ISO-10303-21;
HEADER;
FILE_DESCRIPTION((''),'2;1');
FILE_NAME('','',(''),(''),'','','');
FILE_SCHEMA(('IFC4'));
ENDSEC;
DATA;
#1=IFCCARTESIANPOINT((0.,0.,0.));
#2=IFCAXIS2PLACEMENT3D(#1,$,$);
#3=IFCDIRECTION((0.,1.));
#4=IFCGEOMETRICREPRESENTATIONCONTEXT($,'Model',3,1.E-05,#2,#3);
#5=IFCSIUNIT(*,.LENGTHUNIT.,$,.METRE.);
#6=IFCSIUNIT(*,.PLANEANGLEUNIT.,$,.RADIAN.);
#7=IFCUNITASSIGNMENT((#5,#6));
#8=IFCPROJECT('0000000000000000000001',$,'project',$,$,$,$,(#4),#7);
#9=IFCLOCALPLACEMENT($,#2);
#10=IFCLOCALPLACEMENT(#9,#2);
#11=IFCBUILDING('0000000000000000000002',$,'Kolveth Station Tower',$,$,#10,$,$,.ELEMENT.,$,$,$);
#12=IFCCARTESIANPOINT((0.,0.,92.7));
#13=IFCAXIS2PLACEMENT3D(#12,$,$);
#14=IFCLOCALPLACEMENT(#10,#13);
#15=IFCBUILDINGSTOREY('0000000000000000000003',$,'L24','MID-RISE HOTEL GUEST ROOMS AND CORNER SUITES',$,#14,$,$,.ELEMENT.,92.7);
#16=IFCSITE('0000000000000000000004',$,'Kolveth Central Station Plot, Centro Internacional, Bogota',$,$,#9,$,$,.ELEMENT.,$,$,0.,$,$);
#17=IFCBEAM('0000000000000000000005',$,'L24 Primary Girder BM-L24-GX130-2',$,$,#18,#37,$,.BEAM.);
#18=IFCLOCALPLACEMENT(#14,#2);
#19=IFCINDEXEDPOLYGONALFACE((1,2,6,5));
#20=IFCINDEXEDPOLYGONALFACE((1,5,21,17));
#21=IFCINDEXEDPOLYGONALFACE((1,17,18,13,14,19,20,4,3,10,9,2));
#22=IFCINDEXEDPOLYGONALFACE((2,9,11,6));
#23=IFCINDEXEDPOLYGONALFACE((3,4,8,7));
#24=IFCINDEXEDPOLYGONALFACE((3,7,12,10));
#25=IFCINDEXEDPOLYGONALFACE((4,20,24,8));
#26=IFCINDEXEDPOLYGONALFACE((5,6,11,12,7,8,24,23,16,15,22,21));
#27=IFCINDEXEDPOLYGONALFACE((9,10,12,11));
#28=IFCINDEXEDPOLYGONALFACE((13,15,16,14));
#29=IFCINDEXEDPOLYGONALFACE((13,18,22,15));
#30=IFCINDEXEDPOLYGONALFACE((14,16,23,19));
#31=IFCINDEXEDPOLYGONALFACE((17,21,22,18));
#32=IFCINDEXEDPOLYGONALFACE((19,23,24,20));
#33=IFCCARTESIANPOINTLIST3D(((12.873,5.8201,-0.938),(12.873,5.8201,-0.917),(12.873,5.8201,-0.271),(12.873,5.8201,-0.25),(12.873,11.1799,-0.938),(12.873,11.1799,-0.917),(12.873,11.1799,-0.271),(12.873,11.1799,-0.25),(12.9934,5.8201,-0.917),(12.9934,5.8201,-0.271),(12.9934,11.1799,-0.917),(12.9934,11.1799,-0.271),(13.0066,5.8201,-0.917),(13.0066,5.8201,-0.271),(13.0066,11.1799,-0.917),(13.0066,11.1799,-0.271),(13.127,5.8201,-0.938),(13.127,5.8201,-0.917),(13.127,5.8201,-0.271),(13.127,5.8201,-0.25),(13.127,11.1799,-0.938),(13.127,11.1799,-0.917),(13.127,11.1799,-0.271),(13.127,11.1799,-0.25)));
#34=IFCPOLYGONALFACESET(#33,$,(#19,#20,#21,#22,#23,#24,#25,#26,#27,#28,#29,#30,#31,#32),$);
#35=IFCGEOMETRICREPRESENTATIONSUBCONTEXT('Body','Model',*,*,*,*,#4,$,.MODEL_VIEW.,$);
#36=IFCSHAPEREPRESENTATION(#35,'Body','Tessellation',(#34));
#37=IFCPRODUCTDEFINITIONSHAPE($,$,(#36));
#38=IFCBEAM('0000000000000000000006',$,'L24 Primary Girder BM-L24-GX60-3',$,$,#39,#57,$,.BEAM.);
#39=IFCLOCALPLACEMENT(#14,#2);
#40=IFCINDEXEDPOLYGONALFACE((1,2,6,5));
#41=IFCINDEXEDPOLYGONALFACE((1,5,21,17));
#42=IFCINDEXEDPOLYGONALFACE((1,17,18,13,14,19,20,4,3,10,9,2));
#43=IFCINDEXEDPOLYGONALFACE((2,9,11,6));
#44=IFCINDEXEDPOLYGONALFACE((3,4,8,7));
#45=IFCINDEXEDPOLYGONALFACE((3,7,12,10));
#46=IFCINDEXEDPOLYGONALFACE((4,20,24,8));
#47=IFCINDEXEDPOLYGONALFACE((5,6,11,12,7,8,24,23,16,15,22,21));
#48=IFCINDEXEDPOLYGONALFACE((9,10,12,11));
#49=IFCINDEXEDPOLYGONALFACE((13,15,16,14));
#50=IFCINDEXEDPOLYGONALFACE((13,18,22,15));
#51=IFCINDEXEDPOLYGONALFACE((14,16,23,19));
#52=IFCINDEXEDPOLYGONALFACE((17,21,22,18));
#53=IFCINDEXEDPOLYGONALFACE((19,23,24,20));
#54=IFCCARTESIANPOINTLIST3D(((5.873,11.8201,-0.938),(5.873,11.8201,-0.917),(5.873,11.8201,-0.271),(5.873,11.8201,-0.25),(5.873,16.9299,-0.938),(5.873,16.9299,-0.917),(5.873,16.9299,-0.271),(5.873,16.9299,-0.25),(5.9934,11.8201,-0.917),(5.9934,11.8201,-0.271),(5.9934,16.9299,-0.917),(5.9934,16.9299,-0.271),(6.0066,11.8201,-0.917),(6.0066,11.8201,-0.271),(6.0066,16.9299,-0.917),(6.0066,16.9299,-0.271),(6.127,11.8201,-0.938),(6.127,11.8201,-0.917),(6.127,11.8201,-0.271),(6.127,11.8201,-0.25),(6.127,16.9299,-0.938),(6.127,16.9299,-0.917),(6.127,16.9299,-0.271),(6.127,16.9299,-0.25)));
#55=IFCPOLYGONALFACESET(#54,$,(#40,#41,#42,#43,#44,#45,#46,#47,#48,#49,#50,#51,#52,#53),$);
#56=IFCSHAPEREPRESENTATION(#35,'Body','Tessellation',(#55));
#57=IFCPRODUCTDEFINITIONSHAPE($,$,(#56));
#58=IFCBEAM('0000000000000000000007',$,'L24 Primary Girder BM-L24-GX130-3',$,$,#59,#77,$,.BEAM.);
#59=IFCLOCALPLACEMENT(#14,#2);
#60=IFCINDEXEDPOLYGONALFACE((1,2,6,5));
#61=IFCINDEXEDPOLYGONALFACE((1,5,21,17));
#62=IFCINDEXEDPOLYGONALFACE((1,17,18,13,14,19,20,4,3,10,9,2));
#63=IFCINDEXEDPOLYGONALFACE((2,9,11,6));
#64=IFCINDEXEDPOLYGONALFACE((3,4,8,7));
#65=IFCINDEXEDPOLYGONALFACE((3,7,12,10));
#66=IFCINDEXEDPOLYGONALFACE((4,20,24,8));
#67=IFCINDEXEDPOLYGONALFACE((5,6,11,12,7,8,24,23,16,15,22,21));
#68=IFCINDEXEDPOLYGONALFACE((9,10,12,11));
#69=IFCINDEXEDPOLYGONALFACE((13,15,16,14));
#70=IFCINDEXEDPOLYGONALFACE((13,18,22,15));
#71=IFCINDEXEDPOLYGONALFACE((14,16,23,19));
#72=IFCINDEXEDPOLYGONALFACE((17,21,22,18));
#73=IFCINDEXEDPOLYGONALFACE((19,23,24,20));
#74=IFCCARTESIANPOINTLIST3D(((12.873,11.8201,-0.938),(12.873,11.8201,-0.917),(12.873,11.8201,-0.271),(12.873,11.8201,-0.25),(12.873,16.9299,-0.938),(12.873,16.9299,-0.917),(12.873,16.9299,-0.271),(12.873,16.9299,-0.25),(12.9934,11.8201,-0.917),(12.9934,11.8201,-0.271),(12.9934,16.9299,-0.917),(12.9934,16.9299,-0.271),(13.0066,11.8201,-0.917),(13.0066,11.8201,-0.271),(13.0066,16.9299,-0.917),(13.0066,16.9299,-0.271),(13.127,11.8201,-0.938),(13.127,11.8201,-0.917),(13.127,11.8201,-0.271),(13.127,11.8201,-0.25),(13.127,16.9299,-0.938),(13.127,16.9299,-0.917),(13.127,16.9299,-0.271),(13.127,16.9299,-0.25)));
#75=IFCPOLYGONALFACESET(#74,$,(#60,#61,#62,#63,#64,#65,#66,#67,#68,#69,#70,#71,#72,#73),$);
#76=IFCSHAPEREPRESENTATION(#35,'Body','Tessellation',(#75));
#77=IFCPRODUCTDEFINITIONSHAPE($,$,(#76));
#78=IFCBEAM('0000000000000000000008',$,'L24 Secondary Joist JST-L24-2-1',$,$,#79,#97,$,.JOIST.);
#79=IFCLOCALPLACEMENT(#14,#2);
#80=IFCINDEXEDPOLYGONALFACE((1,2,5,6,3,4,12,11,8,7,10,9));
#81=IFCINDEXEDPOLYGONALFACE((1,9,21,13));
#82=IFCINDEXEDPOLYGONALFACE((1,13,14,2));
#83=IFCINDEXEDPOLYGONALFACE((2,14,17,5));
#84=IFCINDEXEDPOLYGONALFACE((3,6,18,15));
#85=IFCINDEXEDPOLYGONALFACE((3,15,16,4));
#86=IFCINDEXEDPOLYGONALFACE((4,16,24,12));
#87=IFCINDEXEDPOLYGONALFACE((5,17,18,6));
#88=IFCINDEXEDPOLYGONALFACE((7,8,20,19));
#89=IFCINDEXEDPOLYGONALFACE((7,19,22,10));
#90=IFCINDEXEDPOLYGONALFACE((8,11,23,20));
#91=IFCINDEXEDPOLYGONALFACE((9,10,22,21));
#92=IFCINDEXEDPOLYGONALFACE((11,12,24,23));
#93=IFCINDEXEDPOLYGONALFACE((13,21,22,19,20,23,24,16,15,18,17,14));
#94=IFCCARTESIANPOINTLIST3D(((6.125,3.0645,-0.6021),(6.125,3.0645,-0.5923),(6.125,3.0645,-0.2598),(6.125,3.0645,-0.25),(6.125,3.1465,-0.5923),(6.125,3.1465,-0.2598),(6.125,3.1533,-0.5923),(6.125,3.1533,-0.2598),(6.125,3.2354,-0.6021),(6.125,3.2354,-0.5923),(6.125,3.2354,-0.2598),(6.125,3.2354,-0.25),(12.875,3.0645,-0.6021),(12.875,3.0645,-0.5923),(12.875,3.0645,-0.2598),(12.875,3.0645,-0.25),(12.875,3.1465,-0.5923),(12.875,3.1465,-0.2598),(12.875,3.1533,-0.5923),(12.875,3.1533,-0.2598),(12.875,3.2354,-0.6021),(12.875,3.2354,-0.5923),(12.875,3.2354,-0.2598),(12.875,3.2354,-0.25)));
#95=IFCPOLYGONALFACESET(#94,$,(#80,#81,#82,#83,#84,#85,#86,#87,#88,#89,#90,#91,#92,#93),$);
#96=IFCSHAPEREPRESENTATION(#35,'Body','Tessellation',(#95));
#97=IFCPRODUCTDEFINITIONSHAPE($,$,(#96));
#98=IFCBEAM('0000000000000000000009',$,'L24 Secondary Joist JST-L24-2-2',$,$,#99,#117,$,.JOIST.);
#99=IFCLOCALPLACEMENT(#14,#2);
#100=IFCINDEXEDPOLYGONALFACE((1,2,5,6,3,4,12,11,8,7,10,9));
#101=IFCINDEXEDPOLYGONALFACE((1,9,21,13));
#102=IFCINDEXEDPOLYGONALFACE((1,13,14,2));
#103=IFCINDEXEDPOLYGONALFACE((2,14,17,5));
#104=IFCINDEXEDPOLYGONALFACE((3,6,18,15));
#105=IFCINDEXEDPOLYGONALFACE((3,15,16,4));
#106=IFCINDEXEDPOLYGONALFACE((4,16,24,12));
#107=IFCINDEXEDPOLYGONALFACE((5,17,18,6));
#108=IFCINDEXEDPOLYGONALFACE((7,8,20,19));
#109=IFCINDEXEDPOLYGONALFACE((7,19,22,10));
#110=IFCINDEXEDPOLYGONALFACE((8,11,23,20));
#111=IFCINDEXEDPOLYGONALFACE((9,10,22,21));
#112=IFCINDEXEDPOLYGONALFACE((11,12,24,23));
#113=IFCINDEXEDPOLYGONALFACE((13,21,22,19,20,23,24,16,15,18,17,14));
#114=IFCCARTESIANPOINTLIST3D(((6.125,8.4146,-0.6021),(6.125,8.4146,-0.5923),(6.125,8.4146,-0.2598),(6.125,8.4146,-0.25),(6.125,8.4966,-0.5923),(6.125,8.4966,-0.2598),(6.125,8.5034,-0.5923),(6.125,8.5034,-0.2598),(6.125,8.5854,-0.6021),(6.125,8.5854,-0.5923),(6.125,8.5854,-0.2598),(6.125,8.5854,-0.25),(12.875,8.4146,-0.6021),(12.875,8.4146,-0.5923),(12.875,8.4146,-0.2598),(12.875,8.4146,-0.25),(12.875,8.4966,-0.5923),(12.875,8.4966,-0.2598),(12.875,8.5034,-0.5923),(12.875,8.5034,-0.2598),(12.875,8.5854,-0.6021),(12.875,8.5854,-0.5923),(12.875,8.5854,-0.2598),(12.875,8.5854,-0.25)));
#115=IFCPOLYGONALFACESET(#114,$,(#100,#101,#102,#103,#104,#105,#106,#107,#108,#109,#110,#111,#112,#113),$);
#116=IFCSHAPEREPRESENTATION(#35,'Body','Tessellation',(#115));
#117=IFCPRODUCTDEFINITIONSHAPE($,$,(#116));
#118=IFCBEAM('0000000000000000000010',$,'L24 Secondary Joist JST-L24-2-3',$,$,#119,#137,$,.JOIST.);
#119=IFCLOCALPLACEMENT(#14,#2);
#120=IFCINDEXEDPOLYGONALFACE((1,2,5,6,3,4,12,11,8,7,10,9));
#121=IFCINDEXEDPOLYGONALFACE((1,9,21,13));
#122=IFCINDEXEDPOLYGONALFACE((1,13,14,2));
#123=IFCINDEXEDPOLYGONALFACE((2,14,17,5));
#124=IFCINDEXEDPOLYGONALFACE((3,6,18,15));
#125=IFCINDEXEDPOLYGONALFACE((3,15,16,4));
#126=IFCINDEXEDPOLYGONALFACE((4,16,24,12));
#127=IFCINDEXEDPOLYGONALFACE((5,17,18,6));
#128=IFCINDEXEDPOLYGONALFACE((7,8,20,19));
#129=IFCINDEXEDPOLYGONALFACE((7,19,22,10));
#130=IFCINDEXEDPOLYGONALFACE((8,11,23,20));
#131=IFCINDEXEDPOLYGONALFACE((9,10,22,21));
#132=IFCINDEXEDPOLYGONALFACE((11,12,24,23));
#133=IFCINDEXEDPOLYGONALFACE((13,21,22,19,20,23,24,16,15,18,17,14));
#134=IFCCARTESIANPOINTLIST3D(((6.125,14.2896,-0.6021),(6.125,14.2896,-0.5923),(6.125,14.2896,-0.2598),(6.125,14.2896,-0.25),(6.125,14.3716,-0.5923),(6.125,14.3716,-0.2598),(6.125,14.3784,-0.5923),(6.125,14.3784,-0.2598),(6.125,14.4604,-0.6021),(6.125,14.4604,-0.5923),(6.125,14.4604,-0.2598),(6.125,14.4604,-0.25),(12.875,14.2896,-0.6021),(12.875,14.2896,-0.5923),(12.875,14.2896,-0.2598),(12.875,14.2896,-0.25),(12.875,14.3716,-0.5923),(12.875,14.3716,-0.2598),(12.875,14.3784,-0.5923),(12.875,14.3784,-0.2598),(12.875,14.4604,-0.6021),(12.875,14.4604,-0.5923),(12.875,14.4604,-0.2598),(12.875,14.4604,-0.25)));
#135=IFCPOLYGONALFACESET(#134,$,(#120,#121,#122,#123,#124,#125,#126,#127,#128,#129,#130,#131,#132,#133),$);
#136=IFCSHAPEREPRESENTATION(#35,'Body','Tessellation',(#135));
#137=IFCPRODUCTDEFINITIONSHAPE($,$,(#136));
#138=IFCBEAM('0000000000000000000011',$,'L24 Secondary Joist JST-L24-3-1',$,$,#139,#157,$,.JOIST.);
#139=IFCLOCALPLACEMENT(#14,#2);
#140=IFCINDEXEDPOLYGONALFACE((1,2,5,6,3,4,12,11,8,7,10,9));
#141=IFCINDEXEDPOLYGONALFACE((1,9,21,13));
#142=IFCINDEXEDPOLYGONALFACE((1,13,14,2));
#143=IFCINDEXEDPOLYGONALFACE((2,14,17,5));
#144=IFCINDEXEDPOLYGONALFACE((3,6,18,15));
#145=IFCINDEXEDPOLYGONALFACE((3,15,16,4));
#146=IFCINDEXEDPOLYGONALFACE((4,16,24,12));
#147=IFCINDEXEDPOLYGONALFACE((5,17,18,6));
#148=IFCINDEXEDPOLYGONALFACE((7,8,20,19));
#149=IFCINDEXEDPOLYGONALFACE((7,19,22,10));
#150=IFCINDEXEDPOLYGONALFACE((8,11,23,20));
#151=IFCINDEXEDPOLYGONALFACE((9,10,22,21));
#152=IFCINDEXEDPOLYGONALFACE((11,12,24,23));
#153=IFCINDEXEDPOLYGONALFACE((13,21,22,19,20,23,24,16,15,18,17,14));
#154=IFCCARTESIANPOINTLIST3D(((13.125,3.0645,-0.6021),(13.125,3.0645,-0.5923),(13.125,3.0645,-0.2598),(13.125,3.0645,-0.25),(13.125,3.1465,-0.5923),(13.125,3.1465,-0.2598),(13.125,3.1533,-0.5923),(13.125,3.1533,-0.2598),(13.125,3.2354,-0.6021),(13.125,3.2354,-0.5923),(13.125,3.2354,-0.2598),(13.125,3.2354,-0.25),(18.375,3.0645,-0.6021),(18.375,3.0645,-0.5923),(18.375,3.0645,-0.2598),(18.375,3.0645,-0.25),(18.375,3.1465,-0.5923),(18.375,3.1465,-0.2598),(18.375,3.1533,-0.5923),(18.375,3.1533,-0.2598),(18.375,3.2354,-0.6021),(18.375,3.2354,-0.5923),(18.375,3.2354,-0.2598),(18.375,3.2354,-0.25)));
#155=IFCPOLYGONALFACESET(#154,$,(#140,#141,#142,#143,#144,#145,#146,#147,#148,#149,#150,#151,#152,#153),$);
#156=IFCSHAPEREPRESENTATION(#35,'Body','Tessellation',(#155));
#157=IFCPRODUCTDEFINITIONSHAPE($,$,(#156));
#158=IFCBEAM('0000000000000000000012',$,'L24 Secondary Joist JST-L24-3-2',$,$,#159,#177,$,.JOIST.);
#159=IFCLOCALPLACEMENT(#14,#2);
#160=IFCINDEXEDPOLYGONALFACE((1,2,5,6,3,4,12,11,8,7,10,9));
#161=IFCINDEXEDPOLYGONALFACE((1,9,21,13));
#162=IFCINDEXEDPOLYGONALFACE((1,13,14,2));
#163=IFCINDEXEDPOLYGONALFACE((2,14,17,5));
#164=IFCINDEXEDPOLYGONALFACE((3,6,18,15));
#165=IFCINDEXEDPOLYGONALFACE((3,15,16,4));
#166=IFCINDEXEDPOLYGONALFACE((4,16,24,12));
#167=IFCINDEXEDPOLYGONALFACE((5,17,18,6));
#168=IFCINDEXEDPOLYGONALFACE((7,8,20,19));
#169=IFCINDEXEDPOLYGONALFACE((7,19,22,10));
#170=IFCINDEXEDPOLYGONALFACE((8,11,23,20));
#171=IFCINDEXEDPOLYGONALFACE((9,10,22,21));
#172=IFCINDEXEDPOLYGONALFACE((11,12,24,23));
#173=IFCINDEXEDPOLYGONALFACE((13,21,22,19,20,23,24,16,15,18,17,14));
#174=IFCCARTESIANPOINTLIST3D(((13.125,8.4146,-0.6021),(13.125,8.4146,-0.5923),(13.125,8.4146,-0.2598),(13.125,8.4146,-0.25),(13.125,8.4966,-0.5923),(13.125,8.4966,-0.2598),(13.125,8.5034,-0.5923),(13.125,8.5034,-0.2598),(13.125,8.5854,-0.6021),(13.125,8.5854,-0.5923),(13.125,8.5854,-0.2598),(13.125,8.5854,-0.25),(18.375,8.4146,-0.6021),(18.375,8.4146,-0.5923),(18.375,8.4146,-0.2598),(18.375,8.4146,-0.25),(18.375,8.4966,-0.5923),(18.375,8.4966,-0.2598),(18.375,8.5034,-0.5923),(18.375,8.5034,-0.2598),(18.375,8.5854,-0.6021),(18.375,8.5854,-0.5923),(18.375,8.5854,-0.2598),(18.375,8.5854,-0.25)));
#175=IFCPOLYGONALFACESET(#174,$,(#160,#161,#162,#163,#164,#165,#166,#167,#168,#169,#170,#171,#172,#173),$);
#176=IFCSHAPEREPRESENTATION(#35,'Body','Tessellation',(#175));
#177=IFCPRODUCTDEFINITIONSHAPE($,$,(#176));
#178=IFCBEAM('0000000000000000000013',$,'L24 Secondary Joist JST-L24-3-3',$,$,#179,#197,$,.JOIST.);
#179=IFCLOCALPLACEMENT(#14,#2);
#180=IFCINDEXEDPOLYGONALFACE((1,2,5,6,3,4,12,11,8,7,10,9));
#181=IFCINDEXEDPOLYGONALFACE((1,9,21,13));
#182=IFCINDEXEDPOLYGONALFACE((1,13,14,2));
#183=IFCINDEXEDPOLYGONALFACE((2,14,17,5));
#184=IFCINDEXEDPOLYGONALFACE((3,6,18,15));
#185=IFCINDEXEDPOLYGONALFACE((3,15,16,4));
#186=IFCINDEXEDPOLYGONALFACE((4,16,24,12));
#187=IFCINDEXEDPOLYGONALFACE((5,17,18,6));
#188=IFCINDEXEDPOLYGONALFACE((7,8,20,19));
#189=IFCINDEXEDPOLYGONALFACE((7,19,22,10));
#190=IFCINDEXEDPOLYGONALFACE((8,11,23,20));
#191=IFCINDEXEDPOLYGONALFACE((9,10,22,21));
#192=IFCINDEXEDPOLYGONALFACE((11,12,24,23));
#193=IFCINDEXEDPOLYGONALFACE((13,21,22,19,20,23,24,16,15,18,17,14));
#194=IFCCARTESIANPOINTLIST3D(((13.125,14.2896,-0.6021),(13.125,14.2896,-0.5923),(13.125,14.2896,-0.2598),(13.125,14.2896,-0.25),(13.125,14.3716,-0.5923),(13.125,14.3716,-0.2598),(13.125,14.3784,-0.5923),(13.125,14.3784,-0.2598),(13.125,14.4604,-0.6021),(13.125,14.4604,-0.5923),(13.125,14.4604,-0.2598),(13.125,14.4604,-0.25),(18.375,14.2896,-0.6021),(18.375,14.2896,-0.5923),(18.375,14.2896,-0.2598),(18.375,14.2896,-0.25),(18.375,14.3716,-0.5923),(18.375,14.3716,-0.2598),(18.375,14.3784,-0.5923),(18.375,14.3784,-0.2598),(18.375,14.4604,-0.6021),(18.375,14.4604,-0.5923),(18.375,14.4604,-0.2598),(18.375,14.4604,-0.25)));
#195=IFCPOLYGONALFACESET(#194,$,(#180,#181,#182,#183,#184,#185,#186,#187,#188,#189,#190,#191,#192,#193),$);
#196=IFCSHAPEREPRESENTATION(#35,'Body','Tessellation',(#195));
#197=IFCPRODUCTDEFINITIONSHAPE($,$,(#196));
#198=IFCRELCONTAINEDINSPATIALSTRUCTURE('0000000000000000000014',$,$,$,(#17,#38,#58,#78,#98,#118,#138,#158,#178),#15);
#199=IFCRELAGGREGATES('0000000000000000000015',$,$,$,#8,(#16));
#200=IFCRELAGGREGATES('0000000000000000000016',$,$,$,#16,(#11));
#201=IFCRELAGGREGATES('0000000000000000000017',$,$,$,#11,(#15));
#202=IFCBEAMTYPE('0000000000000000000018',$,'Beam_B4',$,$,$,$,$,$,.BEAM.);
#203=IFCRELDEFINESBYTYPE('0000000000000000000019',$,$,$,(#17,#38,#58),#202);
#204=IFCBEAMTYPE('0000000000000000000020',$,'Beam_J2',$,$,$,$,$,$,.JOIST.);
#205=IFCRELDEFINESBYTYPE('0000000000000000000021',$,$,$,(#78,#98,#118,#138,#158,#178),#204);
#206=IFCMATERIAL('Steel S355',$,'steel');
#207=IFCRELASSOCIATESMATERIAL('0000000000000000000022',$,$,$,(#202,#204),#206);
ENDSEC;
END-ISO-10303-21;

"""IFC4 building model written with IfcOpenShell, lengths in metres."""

from ifc_helpers import new_model, si_unit, direction, frame, origin, origin_2d, place, context, subcontext, project, spatial, i_section, extrude, source, transform, mapped, material, material_profile, profile_set, type_object, element, save


model = new_model("IFC4")

# Units and contexts
model_context = context("Model", 3, precision=1e-05, world=origin(), true_north=direction((0.0, 1.0)))
body_context = subcontext(model_context, "Body", "Model", "MODEL_VIEW")
ifc_project = project(units=[si_unit("LENGTHUNIT", "METRE"), si_unit("PLANEANGLEUNIT", "RADIAN")], contexts=[model_context])

# Site, building, storey
site_placement = place(None, origin())
site = spatial("IfcSite", under=ifc_project, at=site_placement, Name="Kolveth Central Station Plot, Centro Internacional, Bogota", CompositionType="ELEMENT", RefElevation=0.0)
building_placement = place(site_placement, origin())
building = spatial("IfcBuilding", under=site, at=building_placement, Name="Kolveth Station Tower", CompositionType="ELEMENT")
storey_placement = place(building_placement, frame((0.0, 0.0, 92.7)))
storey = spatial("IfcBuildingStorey", under=building, at=storey_placement, Name="L24", Description="MID-RISE HOTEL GUEST ROOMS AND CORNER SUITES", CompositionType="ELEMENT", Elevation=92.7)

# Beams
ifc_material_1 = material(Name="Steel S355", Category="steel")
ifc_material_profile_1 = material_profile(ifc_material_1, i_section(OverallWidth=0.2539, OverallDepth=0.688, WebThickness=0.0132, FlangeThickness=0.021, at=origin_2d()), Name="W690x152")
ifc_profile_set_1 = profile_set([ifc_material_profile_1], Name="Steel S355")
beam_type_1 = type_object("IfcBeamType", Name="Beam_B4", PredefinedType="BEAM", material=ifc_profile_set_1)
shared_shape_1 = source(origin(), body_context, "Body", "SweptSolid", [
    extrude(i_section(OverallWidth=0.2539, OverallDepth=0.688, WebThickness=0.0132, FlangeThickness=0.021, at=origin_2d()), origin(), (0.0, 0.0, 1.0), 5.3599),
])
for number, where, z_axis, x_axis, name in (
    (1, (13.0, 5.8201, -0.594), (0.0, 1.0, 0.0), (-1.0, 0.0, 0.0), "L24 Primary Girder BM-L24-GX130-2"),
):
    element("IfcBeam", number, at=place(storey_placement, frame(where, z_axis=z_axis, x_axis=x_axis)), inside=storey, type_object=beam_type_1, Name=name, PredefinedType="BEAM", context=body_context, shape_type="MappedRepresentation", body=[
        mapped(shared_shape_1, transform((0.0, 0.0, 0.0), x_axis=(1.0, 0.0, 0.0), y_axis=(0.0, 1.0, 0.0), z_axis=(0.0, 0.0, 1.0), scale=1.0)),
    ])
shared_shape_2 = source(origin(), body_context, "Body", "SweptSolid", [
    extrude(i_section(OverallWidth=0.2539, OverallDepth=0.688, WebThickness=0.0132, FlangeThickness=0.021, at=origin_2d()), origin(), (0.0, 0.0, 1.0), 5.1099),
])
for number, where, z_axis, x_axis, name in (
    (2, (6.0, 11.8201, -0.594), (0.0, 1.0, 0.0), (-1.0, 0.0, 0.0), "L24 Primary Girder BM-L24-GX60-3"),
    (3, (13.0, 11.8201, -0.594), (0.0, 1.0, 0.0), (-1.0, 0.0, 0.0), "L24 Primary Girder BM-L24-GX130-3"),
):
    element("IfcBeam", number, at=place(storey_placement, frame(where, z_axis=z_axis, x_axis=x_axis)), inside=storey, type_object=beam_type_1, Name=name, PredefinedType="BEAM", context=body_context, shape_type="MappedRepresentation", body=[
        mapped(shared_shape_2, transform((0.0, 0.0, 0.0), x_axis=(1.0, 0.0, 0.0), y_axis=(0.0, 1.0, 0.0), z_axis=(0.0, 0.0, 1.0), scale=1.0)),
    ])
ifc_material_profile_2 = material_profile(ifc_material_1, i_section(OverallWidth=0.1709, OverallDepth=0.3521, WebThickness=0.0068, FlangeThickness=0.0098, at=origin_2d()), Name="W360x44")
ifc_profile_set_2 = profile_set([ifc_material_profile_2], Name="Steel S355")
beam_type_2 = type_object("IfcBeamType", Name="Beam_J2", PredefinedType="JOIST", material=ifc_profile_set_2)
shared_shape_3 = source(origin(), body_context, "Body", "SweptSolid", [
    extrude(i_section(OverallWidth=0.1709, OverallDepth=0.3521, WebThickness=0.0068, FlangeThickness=0.0098, at=origin_2d()), origin(), (0.0, 0.0, 1.0), 6.75),
])
for number, where, z_axis, x_axis, name in (
    (4, (6.125, 3.1499, -0.426), (1.0, 0.0, 0.0), (0.0, 1.0, 0.0), "L24 Secondary Joist JST-L24-2-1"),
    (5, (6.125, 8.5, -0.426), (1.0, 0.0, 0.0), (0.0, 1.0, 0.0), "L24 Secondary Joist JST-L24-2-2"),
    (6, (6.125, 14.375, -0.426), (1.0, 0.0, 0.0), (0.0, 1.0, 0.0), "L24 Secondary Joist JST-L24-2-3"),
):
    element("IfcBeam", number, at=place(storey_placement, frame(where, z_axis=z_axis, x_axis=x_axis)), inside=storey, type_object=beam_type_2, Name=name, PredefinedType="JOIST", context=body_context, shape_type="MappedRepresentation", body=[
        mapped(shared_shape_3, transform((0.0, 0.0, 0.0), x_axis=(1.0, 0.0, 0.0), y_axis=(0.0, 1.0, 0.0), z_axis=(0.0, 0.0, 1.0), scale=1.0)),
    ])
shared_shape_4 = source(origin(), body_context, "Body", "SweptSolid", [
    extrude(i_section(OverallWidth=0.1709, OverallDepth=0.3521, WebThickness=0.0068, FlangeThickness=0.0098, at=origin_2d()), origin(), (0.0, 0.0, 1.0), 5.25),
])
for number, where, z_axis, x_axis, name in (
    (7, (13.125, 3.1499, -0.426), (1.0, 0.0, 0.0), (0.0, 1.0, 0.0), "L24 Secondary Joist JST-L24-3-1"),
    (8, (13.125, 8.5, -0.426), (1.0, 0.0, 0.0), (0.0, 1.0, 0.0), "L24 Secondary Joist JST-L24-3-2"),
    (9, (13.125, 14.375, -0.426), (1.0, 0.0, 0.0), (0.0, 1.0, 0.0), "L24 Secondary Joist JST-L24-3-3"),
):
    element("IfcBeam", number, at=place(storey_placement, frame(where, z_axis=z_axis, x_axis=x_axis)), inside=storey, type_object=beam_type_2, Name=name, PredefinedType="JOIST", context=body_context, shape_type="MappedRepresentation", body=[
        mapped(shared_shape_4, transform((0.0, 0.0, 0.0), x_axis=(1.0, 0.0, 0.0), y_axis=(0.0, 1.0, 0.0), z_axis=(0.0, 0.0, 1.0), scale=1.0)),
    ])

save(model, "model.ifc")
